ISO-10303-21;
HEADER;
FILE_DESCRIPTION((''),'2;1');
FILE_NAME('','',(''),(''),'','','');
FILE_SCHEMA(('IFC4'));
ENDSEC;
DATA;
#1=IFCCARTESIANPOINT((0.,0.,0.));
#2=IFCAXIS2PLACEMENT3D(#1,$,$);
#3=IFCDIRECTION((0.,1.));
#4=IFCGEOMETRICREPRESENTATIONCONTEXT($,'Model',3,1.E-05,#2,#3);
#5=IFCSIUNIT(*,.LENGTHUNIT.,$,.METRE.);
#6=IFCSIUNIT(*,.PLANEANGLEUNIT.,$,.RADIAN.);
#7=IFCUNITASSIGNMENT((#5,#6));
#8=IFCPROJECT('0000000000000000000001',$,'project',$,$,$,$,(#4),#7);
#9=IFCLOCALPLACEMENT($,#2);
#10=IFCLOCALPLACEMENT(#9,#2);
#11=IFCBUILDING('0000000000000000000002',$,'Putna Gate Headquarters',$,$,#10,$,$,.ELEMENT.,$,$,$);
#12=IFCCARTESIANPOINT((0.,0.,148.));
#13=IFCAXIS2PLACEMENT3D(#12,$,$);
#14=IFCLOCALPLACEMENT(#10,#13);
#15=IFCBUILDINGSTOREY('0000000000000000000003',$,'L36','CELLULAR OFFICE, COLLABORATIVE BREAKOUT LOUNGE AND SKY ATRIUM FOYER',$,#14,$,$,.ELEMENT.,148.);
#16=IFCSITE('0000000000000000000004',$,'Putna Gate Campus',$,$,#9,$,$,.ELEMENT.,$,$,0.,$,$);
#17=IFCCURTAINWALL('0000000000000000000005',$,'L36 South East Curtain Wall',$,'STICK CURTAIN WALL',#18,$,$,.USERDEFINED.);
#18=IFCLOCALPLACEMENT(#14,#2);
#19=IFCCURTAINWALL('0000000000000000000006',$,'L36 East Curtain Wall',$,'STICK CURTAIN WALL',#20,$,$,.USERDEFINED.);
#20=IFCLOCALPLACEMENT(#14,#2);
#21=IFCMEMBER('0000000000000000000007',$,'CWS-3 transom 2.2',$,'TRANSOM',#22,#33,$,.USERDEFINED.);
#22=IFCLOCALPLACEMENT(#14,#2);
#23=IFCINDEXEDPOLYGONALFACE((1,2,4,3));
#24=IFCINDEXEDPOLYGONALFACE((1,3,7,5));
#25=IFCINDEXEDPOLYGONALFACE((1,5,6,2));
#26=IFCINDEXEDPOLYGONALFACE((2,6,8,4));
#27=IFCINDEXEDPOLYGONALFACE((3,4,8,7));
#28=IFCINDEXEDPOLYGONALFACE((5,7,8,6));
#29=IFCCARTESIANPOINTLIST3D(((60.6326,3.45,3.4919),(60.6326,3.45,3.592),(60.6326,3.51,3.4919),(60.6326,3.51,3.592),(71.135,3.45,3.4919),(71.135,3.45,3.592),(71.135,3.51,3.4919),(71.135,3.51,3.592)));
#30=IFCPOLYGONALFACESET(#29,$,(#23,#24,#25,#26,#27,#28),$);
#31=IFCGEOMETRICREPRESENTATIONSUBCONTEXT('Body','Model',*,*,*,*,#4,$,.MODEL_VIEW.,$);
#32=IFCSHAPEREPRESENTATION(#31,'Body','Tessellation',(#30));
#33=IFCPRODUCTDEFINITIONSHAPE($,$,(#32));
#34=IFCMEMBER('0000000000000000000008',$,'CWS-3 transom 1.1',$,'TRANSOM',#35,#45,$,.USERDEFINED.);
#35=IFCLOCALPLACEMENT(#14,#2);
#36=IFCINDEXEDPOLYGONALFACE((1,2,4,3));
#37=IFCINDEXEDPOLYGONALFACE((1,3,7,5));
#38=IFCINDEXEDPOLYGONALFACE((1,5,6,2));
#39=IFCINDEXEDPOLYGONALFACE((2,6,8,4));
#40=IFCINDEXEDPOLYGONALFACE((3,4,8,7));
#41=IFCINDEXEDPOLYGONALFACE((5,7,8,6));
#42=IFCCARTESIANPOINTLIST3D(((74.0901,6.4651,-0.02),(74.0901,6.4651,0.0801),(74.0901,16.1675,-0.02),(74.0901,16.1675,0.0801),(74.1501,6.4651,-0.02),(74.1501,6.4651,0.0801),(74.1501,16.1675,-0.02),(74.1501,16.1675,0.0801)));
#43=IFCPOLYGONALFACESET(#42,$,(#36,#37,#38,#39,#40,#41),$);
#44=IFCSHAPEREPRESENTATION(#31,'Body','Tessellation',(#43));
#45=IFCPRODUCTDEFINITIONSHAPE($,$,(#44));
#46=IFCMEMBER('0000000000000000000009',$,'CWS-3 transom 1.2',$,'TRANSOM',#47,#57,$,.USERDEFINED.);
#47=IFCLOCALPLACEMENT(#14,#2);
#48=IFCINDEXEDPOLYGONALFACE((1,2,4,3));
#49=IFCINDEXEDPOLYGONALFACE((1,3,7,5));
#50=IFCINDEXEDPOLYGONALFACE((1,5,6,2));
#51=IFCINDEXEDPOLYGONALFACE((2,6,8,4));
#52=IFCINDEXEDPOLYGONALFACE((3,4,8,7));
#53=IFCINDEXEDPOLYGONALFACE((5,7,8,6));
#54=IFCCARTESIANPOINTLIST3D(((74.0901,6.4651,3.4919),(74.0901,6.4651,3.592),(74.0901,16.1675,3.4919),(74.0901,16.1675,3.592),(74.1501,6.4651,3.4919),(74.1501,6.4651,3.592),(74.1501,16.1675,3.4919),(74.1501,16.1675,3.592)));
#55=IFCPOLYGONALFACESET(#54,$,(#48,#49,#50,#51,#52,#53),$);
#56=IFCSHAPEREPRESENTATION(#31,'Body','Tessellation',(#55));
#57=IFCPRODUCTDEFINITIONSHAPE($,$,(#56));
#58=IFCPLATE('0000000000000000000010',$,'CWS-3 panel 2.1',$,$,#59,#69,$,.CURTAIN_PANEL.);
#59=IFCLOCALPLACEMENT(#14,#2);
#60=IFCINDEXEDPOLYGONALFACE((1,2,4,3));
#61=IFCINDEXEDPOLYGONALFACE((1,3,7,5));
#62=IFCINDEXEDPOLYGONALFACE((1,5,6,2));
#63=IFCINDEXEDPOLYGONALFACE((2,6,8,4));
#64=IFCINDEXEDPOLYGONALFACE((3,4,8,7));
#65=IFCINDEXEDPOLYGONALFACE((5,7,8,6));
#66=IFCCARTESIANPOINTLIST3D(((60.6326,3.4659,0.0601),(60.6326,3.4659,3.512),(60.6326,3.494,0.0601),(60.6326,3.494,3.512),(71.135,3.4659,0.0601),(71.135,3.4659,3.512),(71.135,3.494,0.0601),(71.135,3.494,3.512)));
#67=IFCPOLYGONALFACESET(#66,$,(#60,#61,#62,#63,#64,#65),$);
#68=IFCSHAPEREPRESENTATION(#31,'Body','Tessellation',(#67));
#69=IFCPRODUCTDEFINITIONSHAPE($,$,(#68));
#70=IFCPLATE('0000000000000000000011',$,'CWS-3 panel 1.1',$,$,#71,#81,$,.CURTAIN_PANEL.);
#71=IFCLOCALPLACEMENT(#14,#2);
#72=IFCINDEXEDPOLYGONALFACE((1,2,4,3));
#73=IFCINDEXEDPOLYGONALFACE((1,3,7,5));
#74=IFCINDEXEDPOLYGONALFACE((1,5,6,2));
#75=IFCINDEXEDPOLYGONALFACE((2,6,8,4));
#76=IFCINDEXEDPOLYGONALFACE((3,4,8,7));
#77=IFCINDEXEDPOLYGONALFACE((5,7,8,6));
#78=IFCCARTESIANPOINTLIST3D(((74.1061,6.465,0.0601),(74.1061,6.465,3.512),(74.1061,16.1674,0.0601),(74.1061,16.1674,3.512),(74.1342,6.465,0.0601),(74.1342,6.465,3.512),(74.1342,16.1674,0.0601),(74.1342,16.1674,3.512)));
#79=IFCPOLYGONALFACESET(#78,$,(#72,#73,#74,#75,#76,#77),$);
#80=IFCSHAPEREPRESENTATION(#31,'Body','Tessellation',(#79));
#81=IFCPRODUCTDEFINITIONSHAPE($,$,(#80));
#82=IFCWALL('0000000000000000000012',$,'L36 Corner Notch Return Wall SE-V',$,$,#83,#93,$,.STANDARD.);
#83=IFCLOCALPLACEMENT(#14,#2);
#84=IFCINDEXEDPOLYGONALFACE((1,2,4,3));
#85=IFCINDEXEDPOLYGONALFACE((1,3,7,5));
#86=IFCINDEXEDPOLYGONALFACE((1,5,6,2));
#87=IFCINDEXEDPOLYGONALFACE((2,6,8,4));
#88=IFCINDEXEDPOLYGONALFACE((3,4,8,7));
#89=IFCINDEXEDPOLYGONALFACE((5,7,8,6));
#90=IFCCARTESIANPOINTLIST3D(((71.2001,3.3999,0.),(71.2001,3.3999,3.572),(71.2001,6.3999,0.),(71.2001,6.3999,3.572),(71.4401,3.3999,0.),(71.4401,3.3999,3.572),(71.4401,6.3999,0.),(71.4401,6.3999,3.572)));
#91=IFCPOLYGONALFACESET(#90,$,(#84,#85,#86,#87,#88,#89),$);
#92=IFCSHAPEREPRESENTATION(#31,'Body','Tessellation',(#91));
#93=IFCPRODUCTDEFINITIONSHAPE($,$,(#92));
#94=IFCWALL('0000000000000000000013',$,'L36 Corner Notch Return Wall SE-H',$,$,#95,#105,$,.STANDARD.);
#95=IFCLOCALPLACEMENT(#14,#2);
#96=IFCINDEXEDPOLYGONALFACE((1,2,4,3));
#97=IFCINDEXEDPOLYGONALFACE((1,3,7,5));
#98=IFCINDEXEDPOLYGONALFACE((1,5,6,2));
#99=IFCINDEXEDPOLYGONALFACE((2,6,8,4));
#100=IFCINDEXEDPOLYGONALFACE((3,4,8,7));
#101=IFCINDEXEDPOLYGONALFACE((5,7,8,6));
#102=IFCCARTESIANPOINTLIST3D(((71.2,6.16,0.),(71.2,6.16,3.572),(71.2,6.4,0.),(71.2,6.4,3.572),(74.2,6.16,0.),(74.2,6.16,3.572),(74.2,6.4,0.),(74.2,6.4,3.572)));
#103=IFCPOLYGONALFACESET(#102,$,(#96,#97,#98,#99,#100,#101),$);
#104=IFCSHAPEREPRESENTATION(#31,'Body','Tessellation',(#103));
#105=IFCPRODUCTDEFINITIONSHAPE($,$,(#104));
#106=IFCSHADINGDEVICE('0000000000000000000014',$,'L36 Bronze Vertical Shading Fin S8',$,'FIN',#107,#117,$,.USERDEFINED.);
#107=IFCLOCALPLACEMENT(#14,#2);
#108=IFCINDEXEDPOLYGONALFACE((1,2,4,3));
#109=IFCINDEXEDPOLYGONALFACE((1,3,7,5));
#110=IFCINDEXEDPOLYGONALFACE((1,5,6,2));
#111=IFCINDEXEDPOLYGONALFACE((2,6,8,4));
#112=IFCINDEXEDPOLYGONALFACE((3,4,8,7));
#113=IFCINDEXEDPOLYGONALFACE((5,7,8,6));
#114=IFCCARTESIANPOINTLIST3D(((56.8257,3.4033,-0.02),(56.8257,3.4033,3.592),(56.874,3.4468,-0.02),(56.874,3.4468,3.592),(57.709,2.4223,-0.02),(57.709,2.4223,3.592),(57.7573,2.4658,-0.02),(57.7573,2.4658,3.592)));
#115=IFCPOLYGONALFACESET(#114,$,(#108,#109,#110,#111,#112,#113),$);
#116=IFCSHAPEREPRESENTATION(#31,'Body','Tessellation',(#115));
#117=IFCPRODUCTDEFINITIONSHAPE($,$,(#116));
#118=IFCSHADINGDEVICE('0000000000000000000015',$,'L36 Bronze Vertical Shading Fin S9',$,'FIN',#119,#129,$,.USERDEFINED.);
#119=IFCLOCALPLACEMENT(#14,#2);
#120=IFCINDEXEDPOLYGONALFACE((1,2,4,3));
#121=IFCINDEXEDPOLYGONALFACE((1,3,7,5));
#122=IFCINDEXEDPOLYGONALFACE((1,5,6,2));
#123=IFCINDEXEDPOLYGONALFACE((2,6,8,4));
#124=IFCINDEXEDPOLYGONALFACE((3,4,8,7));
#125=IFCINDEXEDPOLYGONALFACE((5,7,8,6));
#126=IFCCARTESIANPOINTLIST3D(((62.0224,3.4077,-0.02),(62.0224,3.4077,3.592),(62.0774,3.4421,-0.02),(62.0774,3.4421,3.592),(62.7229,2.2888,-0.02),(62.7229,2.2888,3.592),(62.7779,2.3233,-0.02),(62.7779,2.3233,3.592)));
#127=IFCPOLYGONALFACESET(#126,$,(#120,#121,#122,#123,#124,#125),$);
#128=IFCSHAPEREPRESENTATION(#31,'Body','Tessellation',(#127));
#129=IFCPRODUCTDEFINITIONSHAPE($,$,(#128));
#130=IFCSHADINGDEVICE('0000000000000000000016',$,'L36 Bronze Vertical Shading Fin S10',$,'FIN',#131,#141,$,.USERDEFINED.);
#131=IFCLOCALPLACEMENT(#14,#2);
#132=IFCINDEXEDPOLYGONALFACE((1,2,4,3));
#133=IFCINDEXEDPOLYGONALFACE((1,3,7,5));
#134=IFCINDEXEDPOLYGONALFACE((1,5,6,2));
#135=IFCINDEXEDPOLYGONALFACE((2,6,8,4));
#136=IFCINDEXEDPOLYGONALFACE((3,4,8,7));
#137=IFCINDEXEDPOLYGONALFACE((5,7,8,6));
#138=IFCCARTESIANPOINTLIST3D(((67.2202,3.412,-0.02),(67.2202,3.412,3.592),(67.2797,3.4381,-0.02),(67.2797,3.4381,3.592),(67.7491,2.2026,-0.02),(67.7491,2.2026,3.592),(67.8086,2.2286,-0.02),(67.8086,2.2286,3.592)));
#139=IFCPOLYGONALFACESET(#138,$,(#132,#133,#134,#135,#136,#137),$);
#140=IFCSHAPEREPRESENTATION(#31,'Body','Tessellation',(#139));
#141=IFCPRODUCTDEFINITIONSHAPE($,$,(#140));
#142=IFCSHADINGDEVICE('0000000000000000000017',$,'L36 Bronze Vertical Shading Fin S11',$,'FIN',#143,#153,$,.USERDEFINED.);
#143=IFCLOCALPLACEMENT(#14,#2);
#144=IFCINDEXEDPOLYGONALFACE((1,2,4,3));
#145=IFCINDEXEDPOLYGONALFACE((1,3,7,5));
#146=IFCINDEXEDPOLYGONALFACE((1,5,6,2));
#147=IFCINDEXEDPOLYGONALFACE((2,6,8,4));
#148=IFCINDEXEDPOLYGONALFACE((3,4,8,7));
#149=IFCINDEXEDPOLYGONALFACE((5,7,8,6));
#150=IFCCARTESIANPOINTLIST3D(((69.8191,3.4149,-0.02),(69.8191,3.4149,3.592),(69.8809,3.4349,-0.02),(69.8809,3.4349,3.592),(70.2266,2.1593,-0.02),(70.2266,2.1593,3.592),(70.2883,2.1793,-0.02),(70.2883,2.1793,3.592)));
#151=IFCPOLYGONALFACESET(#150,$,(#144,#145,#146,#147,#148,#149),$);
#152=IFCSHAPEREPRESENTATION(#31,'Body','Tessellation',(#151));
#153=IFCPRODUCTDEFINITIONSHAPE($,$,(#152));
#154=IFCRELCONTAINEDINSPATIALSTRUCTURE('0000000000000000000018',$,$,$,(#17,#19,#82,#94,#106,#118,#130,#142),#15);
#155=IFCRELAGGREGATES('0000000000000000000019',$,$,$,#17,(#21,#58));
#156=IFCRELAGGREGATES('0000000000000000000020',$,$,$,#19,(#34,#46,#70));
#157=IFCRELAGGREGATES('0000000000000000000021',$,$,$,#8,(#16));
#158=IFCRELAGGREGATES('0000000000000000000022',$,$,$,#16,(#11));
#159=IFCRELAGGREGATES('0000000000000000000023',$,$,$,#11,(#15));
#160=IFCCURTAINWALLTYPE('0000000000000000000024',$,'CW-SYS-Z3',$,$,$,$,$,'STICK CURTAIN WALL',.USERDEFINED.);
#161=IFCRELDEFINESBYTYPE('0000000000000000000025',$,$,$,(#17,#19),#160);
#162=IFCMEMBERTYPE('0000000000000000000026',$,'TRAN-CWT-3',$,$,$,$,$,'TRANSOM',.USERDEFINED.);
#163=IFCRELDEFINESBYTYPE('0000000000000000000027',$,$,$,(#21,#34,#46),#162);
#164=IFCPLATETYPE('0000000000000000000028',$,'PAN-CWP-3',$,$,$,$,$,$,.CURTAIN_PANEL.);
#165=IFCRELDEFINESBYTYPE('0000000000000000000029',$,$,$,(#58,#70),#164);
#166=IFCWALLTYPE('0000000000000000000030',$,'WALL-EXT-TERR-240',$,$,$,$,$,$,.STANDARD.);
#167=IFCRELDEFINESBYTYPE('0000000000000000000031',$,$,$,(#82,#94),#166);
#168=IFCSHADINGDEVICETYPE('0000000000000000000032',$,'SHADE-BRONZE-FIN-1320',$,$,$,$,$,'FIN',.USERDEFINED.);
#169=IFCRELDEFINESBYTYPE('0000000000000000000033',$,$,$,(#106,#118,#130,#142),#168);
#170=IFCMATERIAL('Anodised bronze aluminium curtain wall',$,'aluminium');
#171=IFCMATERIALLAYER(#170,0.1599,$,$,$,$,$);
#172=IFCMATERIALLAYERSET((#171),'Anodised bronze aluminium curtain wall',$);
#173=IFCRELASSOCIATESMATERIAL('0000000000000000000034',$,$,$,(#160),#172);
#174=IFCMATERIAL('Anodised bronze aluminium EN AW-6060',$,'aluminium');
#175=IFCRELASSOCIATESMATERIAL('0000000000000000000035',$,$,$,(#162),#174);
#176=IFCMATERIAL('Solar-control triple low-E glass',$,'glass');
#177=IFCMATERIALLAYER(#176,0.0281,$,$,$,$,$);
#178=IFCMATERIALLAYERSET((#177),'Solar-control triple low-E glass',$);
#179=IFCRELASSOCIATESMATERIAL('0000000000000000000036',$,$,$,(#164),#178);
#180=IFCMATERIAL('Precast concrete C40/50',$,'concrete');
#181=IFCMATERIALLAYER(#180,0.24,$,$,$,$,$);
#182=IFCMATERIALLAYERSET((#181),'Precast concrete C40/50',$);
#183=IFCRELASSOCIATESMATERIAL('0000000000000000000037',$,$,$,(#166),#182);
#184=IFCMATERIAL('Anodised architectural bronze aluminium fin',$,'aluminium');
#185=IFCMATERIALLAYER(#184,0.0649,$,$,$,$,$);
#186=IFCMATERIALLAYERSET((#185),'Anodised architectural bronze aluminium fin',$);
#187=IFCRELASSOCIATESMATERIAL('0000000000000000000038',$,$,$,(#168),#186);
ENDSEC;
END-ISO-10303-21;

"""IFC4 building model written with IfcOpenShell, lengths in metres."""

from ifc_helpers import new_model, si_unit, direction, frame, frame_2d, origin, origin_2d, place, context, subcontext, project, spatial, rectangle, extrude, material, layer, layer_set, material_profile, profile_set, type_object, element, aggregate, save


model = new_model("IFC4")

# Units and contexts
model_context = context("Model", 3, precision=1e-05, world=origin(), true_north=direction((0.0, 1.0)))
body_context = subcontext(model_context, "Body", "Model", "MODEL_VIEW")
ifc_project = project(units=[si_unit("LENGTHUNIT", "METRE"), si_unit("PLANEANGLEUNIT", "RADIAN")], contexts=[model_context])

# Site, building, storey
site_placement = place(None, origin())
site = spatial("IfcSite", under=ifc_project, at=site_placement, Name="Putna Gate Campus", CompositionType="ELEMENT", RefElevation=0.0)
building_placement = place(site_placement, origin())
building = spatial("IfcBuilding", under=site, at=building_placement, Name="Putna Gate Headquarters", CompositionType="ELEMENT")
storey_placement = place(building_placement, frame((0.0, 0.0, 148.0)))
storey = spatial("IfcBuildingStorey", under=building, at=storey_placement, Name="L36", Description="CELLULAR OFFICE, COLLABORATIVE BREAKOUT LOUNGE AND SKY ATRIUM FOYER", CompositionType="ELEMENT", Elevation=148.0)

# Curtain wall
ifc_material_1 = material(Name="Anodised bronze aluminium curtain wall", Category="aluminium")
ifc_layer_1 = layer(ifc_material_1, 0.1599)
ifc_layer_set_1 = layer_set([ifc_layer_1], Name="Anodised bronze aluminium curtain wall")
curtain_wall_type = type_object("IfcCurtainWallType", Name="CW-SYS-Z3", ElementType="STICK CURTAIN WALL", PredefinedType="USERDEFINED", material=ifc_layer_set_1)
curtain_wall_1_placement = place(storey_placement, origin())
curtain_wall_1 = element("IfcCurtainWall", 1, at=curtain_wall_1_placement, inside=storey, type_object=curtain_wall_type, Name="L36 South East Curtain Wall", ObjectType="STICK CURTAIN WALL", PredefinedType="USERDEFINED")
ifc_material_2 = material(Name="Anodised bronze aluminium EN AW-6060", Category="aluminium")

# Curtain wall
curtain_wall_2_placement = place(storey_placement, origin())
curtain_wall_2 = element("IfcCurtainWall", 2, at=curtain_wall_2_placement, inside=storey, type_object=curtain_wall_type, Name="L36 East Curtain Wall", ObjectType="STICK CURTAIN WALL", PredefinedType="USERDEFINED")

# Members
ifc_material_profile_1 = material_profile(ifc_material_2, rectangle(XDim=0.0601, YDim=0.1001, at=origin_2d()), Name="Anodised bronze aluminium EN AW-6060")
ifc_profile_set_1 = profile_set([ifc_material_profile_1], Name="Anodised bronze aluminium EN AW-6060")
member_type_1 = type_object("IfcMemberType", Name="TRAN-CWT-3", ElementType="TRANSOM", PredefinedType="USERDEFINED", material=ifc_profile_set_1)
member_1_placement = place(storey_placement, frame((60.6326, 3.48, 3.542), z_axis=(1.0, 0.0, 0.0), x_axis=(0.0, 1.0, 0.0)))
member_1 = element("IfcMember", 3, at=member_1_placement, type_object=member_type_1, Name="CWS-3 transom 2.2", ObjectType="TRANSOM", PredefinedType="USERDEFINED", context=body_context, shape_type="SweptSolid", body=[
    extrude(rectangle(XDim=0.0601, YDim=0.1001, at=origin_2d()), origin(), (0.0, 0.0, 1.0), 10.5024),
])
member_2_placement = place(storey_placement, frame((74.1201, 6.4651, 0.03), z_axis=(0.0, 1.0, 0.0), x_axis=(-1.0, 0.0, 0.0)))
member_2 = element("IfcMember", 4, at=member_2_placement, type_object=member_type_1, Name="CWS-3 transom 1.1", ObjectType="TRANSOM", PredefinedType="USERDEFINED", context=body_context, shape_type="SweptSolid", body=[
    extrude(rectangle(XDim=0.0601, YDim=0.1001, at=origin_2d()), origin(), (0.0, 0.0, 1.0), 9.7024),
])
member_3_placement = place(storey_placement, frame((74.1201, 6.4651, 3.542), z_axis=(0.0, 1.0, 0.0), x_axis=(-1.0, 0.0, 0.0)))
member_3 = element("IfcMember", 5, at=member_3_placement, type_object=member_type_1, Name="CWS-3 transom 1.2", ObjectType="TRANSOM", PredefinedType="USERDEFINED", context=body_context, shape_type="SweptSolid", body=[
    extrude(rectangle(XDim=0.0601, YDim=0.1001, at=origin_2d()), origin(), (0.0, 0.0, 1.0), 9.7024),
])

# Plates
ifc_material_3 = material(Name="Solar-control triple low-E glass", Category="glass")
ifc_layer_2 = layer(ifc_material_3, 0.0281)
ifc_layer_set_2 = layer_set([ifc_layer_2], Name="Solar-control triple low-E glass")
plate_type = type_object("IfcPlateType", Name="PAN-CWP-3", PredefinedType="CURTAIN_PANEL", material=ifc_layer_set_2)
plate_1_placement = place(storey_placement, frame((65.8838, 3.48, 0.0601), z_axis=(0.0, 0.0, 1.0), x_axis=(1.0, 0.0, 0.0)))
plate_1 = element("IfcPlate", 6, at=plate_1_placement, type_object=plate_type, Name="CWS-3 panel 2.1", PredefinedType="CURTAIN_PANEL", context=body_context, shape_type="SweptSolid", body=[
    extrude(rectangle(XDim=10.5024, YDim=0.0281, at=origin_2d()), origin(), (0.0, 0.0, 1.0), 3.4519),
])
aggregate(curtain_wall_1, [member_1, plate_1])
plate_2_placement = place(storey_placement, frame((74.1201, 11.3162, 0.0601), z_axis=(0.0, 0.0, 1.0), x_axis=(0.0, 1.0, 0.0)))
plate_2 = element("IfcPlate", 7, at=plate_2_placement, type_object=plate_type, Name="CWS-3 panel 1.1", PredefinedType="CURTAIN_PANEL", context=body_context, shape_type="SweptSolid", body=[
    extrude(rectangle(XDim=9.7024, YDim=0.0281, at=origin_2d()), origin(), (0.0, 0.0, 1.0), 3.4519),
])
aggregate(curtain_wall_2, [member_2, member_3, plate_2])

# Walls
ifc_material_4 = material(Name="Precast concrete C40/50", Category="concrete")
ifc_layer_3 = layer(ifc_material_4, 0.24)
ifc_layer_set_3 = layer_set([ifc_layer_3], Name="Precast concrete C40/50")
wall_type = type_object("IfcWallType", Name="WALL-EXT-TERR-240", PredefinedType="STANDARD", material=ifc_layer_set_3)
for number, where, z_axis, x_axis, name in (
    (8, (71.3201, 6.3999, 0.0), (0.0, 0.0, 1.0), (0.0, -1.0, 0.0), "L36 Corner Notch Return Wall SE-V"),
    (9, (74.2, 6.28, 0.0), (0.0, 0.0, 1.0), (-1.0, 0.0, 0.0), "L36 Corner Notch Return Wall SE-H"),
):
    element("IfcWall", number, at=place(storey_placement, frame(where, z_axis=z_axis, x_axis=x_axis)), inside=storey, type_object=wall_type, Name=name, PredefinedType="STANDARD", context=body_context, shape_type="SweptSolid", body=[
        extrude(rectangle(XDim=3.0, YDim=0.24, at=frame_2d((1.5, 0.0))), origin(), (0.0, 0.0, 1.0), 3.572),
    ])

# Shading devices
ifc_material_5 = material(Name="Anodised architectural bronze aluminium fin", Category="aluminium")
ifc_layer_4 = layer(ifc_material_5, 0.0649)
ifc_layer_set_4 = layer_set([ifc_layer_4], Name="Anodised architectural bronze aluminium fin")
shading_device_type = type_object("IfcShadingDeviceType", Name="SHADE-BRONZE-FIN-1320", ElementType="FIN", PredefinedType="USERDEFINED", material=ifc_layer_set_4)
for number, where, z_axis, x_axis, name in (
    (10, (57.2915, 2.9346, -0.02), (0.0, 0.0, 1.0), (0.669131, -0.743145, 0.0), "L36 Bronze Vertical Shading Fin S8"),
    (11, (62.4001, 2.8655, -0.02), (0.0, 0.0, 1.0), (0.530659, -0.847585, 0.0), "L36 Bronze Vertical Shading Fin S9"),
    (12, (67.5144, 2.8203, -0.02), (0.0, 0.0, 1.0), (0.400669, -0.916223, 0.0), "L36 Bronze Vertical Shading Fin S10"),
    (13, (70.0537, 2.7971, -0.02), (0.0, 0.0, 1.0), (0.308685, -0.951164, 0.0), "L36 Bronze Vertical Shading Fin S11"),
):
    element("IfcShadingDevice", number, at=place(storey_placement, frame(where, z_axis=z_axis, x_axis=x_axis)), inside=storey, type_object=shading_device_type, Name=name, ObjectType="FIN", PredefinedType="USERDEFINED", context=body_context, shape_type="SweptSolid", body=[
        extrude(rectangle(XDim=1.3201, YDim=0.0649, at=origin_2d()), origin(), (0.0, 0.0, 1.0), 3.6121),
    ])

save(model, "model.ifc")
